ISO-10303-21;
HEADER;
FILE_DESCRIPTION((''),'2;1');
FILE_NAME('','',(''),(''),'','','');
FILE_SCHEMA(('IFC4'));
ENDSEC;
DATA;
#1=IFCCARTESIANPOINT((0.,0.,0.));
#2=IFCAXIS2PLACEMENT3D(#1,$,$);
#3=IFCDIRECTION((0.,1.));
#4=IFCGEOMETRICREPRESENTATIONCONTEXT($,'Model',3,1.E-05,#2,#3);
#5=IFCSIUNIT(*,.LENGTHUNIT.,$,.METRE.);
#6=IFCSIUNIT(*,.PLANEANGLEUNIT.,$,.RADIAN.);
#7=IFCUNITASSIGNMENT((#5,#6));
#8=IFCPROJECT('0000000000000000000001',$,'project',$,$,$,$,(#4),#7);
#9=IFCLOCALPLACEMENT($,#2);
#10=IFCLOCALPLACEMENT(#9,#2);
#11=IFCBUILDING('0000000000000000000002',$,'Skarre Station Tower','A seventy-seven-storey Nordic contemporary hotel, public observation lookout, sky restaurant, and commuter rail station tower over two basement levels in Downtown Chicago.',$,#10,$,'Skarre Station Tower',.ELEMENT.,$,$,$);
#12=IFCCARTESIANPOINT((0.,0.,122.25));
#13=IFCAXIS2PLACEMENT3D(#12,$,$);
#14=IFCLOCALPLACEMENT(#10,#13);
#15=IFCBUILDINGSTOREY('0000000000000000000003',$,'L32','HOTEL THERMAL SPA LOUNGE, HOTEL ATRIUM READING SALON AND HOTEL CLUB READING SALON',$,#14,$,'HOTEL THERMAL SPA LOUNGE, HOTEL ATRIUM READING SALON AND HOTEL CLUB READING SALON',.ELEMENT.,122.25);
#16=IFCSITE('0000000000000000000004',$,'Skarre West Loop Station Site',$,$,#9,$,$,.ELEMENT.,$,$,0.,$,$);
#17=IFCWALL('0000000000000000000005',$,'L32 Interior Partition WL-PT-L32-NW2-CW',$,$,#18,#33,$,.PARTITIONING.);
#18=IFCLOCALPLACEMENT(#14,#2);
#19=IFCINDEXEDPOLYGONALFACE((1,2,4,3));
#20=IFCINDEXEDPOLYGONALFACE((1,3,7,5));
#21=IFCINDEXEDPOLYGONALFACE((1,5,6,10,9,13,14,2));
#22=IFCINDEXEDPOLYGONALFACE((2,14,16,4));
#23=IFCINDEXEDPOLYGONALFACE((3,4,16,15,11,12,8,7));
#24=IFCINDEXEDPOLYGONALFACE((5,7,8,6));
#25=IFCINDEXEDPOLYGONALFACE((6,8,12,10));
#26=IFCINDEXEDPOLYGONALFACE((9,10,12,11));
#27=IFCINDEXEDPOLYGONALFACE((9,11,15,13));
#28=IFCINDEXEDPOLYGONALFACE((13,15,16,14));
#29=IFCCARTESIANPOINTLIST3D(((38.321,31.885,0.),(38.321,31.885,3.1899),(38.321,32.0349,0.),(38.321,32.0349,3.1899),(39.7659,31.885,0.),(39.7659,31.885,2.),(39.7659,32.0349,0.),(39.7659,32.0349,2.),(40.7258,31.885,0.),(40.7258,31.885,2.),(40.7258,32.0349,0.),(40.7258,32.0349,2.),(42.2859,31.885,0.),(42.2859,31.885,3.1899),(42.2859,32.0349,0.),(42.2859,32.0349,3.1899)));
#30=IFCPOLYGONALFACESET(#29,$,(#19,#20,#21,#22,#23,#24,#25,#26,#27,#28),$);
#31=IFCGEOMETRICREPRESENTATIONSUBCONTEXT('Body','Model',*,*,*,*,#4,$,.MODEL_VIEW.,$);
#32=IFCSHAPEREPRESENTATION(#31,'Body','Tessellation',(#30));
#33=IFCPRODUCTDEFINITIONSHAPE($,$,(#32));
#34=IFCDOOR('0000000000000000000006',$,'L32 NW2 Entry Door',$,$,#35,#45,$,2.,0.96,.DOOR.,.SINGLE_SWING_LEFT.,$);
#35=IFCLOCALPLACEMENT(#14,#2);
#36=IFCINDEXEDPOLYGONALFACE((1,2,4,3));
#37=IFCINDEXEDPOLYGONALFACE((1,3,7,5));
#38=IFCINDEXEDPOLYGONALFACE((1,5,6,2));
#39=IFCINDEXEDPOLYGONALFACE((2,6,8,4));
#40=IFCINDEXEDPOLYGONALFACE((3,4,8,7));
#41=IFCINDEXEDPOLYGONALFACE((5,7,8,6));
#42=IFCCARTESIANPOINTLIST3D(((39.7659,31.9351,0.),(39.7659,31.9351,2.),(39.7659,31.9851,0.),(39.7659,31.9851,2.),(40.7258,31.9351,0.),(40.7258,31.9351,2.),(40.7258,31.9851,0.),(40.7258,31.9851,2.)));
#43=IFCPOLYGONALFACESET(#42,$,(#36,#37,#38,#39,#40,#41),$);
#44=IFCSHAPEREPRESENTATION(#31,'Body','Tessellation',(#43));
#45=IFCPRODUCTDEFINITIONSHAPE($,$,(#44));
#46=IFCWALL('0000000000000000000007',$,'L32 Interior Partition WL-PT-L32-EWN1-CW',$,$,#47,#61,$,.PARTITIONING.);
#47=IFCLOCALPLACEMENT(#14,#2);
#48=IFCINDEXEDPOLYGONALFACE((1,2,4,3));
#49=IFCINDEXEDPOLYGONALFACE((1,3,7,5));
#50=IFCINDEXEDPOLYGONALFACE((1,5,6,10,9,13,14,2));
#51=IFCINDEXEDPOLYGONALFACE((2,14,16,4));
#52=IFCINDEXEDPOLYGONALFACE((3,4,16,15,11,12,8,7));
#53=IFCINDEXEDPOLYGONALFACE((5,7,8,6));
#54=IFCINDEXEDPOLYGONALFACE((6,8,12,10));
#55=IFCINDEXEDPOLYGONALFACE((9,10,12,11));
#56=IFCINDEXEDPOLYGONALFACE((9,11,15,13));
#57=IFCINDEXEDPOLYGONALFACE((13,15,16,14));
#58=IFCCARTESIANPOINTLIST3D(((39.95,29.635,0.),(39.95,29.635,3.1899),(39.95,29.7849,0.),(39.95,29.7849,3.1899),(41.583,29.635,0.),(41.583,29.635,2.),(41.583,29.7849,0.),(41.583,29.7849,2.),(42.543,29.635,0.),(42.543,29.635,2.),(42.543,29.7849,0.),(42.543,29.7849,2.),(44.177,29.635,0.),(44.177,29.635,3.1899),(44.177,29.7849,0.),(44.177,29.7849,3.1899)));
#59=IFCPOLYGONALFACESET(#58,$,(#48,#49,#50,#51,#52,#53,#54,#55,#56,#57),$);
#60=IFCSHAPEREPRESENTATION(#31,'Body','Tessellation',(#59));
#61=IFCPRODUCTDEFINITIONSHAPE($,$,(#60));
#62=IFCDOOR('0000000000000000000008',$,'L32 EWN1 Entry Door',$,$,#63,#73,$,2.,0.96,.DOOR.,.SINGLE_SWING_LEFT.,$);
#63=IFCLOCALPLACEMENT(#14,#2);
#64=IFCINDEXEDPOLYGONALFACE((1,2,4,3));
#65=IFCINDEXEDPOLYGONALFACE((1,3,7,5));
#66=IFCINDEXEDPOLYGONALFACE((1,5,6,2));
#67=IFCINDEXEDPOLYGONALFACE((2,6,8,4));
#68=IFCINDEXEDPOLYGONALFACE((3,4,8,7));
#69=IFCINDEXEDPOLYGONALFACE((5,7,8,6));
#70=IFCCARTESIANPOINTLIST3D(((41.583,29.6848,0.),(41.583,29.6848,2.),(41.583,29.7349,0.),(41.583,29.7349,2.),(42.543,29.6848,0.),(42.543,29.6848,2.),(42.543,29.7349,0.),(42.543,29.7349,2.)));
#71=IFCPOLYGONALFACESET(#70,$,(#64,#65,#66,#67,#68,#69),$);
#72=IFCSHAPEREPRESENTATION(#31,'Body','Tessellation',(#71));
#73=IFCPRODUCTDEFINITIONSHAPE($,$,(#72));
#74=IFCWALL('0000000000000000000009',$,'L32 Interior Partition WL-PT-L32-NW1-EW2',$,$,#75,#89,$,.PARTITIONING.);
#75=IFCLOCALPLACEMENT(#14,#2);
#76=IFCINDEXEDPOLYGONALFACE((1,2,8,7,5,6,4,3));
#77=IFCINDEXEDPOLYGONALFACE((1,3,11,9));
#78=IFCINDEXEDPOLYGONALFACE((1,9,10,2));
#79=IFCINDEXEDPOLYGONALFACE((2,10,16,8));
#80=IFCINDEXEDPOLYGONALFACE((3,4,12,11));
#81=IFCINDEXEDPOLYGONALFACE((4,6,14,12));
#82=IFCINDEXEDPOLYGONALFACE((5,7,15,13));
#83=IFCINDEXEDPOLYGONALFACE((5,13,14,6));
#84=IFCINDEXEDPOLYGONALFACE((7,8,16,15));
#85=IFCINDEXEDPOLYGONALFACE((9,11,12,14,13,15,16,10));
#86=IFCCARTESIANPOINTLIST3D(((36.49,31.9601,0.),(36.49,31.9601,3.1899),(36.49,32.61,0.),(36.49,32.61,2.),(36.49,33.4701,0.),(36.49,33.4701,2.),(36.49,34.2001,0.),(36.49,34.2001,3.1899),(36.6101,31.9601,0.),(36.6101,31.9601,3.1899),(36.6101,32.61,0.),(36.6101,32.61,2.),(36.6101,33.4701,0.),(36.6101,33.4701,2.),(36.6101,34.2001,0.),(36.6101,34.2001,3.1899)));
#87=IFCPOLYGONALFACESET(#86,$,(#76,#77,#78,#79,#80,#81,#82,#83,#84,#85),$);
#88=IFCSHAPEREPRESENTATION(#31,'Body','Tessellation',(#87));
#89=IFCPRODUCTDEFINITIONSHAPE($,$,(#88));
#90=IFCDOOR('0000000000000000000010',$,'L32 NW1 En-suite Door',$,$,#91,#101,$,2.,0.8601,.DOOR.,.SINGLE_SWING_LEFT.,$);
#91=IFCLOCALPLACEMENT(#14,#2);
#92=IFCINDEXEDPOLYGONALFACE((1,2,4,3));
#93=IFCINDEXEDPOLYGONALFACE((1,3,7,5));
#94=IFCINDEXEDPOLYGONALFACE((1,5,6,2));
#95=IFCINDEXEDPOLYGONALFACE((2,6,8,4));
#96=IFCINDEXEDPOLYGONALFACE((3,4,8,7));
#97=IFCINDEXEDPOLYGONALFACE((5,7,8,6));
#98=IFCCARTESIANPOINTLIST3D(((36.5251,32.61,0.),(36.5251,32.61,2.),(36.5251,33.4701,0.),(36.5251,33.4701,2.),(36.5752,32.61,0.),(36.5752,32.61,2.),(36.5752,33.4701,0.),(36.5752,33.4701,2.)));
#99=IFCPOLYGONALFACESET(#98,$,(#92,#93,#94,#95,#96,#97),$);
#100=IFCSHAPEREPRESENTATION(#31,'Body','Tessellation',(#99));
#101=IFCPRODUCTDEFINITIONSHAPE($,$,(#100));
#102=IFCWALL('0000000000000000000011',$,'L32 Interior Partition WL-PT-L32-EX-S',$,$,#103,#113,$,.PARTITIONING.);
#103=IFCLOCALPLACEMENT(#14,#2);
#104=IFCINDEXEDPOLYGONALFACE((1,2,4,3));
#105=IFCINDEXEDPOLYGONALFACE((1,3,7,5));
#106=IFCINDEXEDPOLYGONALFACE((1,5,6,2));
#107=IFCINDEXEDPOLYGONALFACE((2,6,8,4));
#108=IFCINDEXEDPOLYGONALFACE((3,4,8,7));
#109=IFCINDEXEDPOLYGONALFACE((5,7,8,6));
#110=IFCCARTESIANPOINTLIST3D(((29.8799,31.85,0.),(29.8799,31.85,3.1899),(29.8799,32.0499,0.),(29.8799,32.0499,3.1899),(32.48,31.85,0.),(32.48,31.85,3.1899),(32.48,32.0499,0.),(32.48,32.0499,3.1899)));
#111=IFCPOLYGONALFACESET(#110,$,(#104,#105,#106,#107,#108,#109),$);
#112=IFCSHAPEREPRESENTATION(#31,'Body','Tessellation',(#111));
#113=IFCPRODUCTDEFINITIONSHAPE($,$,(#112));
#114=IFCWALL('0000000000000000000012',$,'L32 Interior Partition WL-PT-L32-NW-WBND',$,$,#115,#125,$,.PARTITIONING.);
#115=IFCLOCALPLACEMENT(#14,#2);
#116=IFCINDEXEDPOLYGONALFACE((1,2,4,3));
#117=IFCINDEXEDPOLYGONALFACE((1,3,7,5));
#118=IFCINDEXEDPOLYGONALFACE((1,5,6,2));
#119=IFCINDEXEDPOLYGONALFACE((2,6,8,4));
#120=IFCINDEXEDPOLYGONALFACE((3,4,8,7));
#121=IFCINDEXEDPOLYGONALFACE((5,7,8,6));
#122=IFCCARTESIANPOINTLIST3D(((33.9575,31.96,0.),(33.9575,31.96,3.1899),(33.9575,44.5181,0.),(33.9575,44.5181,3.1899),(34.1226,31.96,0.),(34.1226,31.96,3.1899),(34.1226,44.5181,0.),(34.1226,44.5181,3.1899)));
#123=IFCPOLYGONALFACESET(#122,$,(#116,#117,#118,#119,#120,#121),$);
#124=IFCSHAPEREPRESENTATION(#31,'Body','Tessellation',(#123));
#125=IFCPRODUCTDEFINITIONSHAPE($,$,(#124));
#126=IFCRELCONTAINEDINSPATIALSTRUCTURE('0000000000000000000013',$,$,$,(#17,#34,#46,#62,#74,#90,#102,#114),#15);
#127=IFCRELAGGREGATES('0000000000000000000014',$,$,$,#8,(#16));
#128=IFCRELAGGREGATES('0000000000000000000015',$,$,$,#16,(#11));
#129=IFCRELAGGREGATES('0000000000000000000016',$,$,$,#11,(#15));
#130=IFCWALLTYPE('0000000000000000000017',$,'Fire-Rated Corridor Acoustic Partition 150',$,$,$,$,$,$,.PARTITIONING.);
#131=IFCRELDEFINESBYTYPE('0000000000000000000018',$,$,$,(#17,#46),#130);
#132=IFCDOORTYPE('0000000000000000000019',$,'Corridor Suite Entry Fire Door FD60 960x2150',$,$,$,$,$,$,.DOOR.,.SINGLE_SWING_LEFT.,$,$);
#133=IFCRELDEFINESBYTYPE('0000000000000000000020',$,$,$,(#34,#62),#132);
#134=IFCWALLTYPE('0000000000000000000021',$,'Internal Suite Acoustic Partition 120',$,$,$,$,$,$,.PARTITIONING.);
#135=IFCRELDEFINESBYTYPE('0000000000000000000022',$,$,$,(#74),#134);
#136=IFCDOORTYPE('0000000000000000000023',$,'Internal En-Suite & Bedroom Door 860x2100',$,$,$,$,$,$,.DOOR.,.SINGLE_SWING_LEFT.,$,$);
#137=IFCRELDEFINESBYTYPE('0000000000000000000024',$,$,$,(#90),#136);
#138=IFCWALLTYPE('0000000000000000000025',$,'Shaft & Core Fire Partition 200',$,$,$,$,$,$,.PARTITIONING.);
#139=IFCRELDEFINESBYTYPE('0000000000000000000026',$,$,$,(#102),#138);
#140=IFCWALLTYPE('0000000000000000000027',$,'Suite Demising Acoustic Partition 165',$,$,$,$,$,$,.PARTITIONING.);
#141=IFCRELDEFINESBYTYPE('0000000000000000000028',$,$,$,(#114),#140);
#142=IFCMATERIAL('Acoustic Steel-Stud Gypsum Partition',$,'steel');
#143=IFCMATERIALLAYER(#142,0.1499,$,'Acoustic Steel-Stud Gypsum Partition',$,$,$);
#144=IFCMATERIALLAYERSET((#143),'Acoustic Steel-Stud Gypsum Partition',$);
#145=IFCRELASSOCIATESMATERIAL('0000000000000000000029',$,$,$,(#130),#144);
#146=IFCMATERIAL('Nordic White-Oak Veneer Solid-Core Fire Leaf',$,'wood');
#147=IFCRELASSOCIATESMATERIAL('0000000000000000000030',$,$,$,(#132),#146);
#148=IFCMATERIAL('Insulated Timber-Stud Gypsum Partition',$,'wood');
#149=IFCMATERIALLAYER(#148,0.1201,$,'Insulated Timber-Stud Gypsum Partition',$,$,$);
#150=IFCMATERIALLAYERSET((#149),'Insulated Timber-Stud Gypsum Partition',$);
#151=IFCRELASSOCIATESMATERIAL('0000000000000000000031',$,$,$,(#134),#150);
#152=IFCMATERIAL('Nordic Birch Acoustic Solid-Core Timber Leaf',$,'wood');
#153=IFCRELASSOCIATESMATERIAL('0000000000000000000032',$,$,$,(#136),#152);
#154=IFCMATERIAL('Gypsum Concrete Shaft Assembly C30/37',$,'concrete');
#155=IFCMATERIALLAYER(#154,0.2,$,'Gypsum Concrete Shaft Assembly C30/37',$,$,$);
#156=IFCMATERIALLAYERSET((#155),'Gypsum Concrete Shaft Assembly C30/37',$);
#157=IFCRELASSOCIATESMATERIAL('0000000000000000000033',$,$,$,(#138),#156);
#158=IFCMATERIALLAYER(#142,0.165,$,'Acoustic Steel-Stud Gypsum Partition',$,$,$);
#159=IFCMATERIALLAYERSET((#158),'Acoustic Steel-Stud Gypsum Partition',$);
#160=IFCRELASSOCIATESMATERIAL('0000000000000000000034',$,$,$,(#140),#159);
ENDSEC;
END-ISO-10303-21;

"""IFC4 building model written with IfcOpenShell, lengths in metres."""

from ifc_helpers import new_model, si_unit, direction, frame, frame_2d, origin, place, context, subcontext, project, spatial, rectangle, extrude, material, layer, layer_set, type_object, element, fill, save


model = new_model("IFC4")

# Units and contexts
model_context = context("Model", 3, precision=1e-05, world=origin(), true_north=direction((0.0, 1.0)))
body_context = subcontext(model_context, "Body", "Model", "MODEL_VIEW")
ifc_project = project(units=[si_unit("LENGTHUNIT", "METRE"), si_unit("PLANEANGLEUNIT", "RADIAN")], contexts=[model_context])

# Site, building, storey
site_placement = place(None, origin())
site = spatial("IfcSite", under=ifc_project, at=site_placement, Name="Skarre West Loop Station Site", CompositionType="ELEMENT", RefElevation=0.0)
building_placement = place(site_placement, origin())
building = spatial("IfcBuilding", under=site, at=building_placement, Name="Skarre Station Tower", Description="A seventy-seven-storey Nordic contemporary hotel, public observation lookout, sky restaurant, and commuter rail station tower over two basement levels in Downtown Chicago.", LongName="Skarre Station Tower", CompositionType="ELEMENT")
storey_placement = place(building_placement, frame((0.0, 0.0, 122.25)))
storey = spatial("IfcBuildingStorey", under=building, at=storey_placement, Name="L32", Description="HOTEL THERMAL SPA LOUNGE, HOTEL ATRIUM READING SALON AND HOTEL CLUB READING SALON", LongName="HOTEL THERMAL SPA LOUNGE, HOTEL ATRIUM READING SALON AND HOTEL CLUB READING SALON", CompositionType="ELEMENT", Elevation=122.25)

# Shared definitions
ifc_material_1 = material(Name="Acoustic Steel-Stud Gypsum Partition", Category="steel")
ifc_layer_1 = layer(ifc_material_1, 0.1499, Name="Acoustic Steel-Stud Gypsum Partition")
ifc_layer_set_1 = layer_set([ifc_layer_1], Name="Acoustic Steel-Stud Gypsum Partition")
wall_type_1 = type_object("IfcWallType", Name="Fire-Rated Corridor Acoustic Partition 150", PredefinedType="PARTITIONING", material=ifc_layer_set_1)

# Walls, openings, doors
ifc_material_2 = material(Name="Nordic White-Oak Veneer Solid-Core Fire Leaf", Category="wood")
door_type_1 = type_object("IfcDoorType", Name="Corridor Suite Entry Fire Door FD60 960x2150", OperationType="SINGLE_SWING_LEFT", PredefinedType="DOOR", material=ifc_material_2)
wall_1_placement = place(storey_placement, frame((42.2859, 31.96, 0.0), z_axis=(0.0, 0.0, 1.0), x_axis=(-1.0, 0.0, 0.0)))
wall_1 = element("IfcWall", 1, at=wall_1_placement, inside=storey, type_object=wall_type_1, Name="L32 Interior Partition WL-PT-L32-NW2-CW", PredefinedType="PARTITIONING", context=body_context, shape_type="SweptSolid", body=[
    extrude(rectangle(XDim=3.9648, YDim=0.1499, at=frame_2d((1.9824, 0.0))), origin(), (0.0, 0.0, 1.0), 3.1899),
])
opening_1_placement = place(wall_1_placement, frame((1.5601, 0.0, 0.0)))
opening_1 = element("IfcOpeningElement", 2, at=opening_1_placement, cuts=wall_1, PredefinedType="OPENING", context=body_context, shape_type="SweptSolid", body=[
    extrude(rectangle(XDim=0.96, YDim=2.0, at=frame_2d((0.48, 1.0))), frame((0.0, 0.085, 0.0), z_axis=(0.0, -1.0, 0.0), x_axis=(1.0, 0.0, 0.0)), (0.0, 0.0, 1.0), 0.1699),
])
door_1_placement = place(opening_1_placement, origin())
door_1 = element("IfcDoor", 3, at=door_1_placement, inside=storey, type_object=door_type_1, Name="L32 NW2 Entry Door", OperationType="SINGLE_SWING_LEFT", OverallHeight=2.0, OverallWidth=0.96, PredefinedType="DOOR", context=body_context, shape_type="SweptSolid", body=[
    extrude(rectangle(XDim=0.96, YDim=2.0, at=frame_2d((0.48, 1.0))), frame((0.0, 0.0249, 0.0), z_axis=(0.0, -1.0, 0.0), x_axis=(1.0, 0.0, 0.0)), (0.0, 0.0, 1.0), 0.05),
])
fill(opening_1, door_1)
wall_2_placement = place(storey_placement, frame((39.95, 29.71, 0.0), z_axis=(0.0, 0.0, 1.0), x_axis=(1.0, 0.0, 0.0)))
wall_2 = element("IfcWall", 4, at=wall_2_placement, inside=storey, type_object=wall_type_1, Name="L32 Interior Partition WL-PT-L32-EWN1-CW", PredefinedType="PARTITIONING", context=body_context, shape_type="SweptSolid", body=[
    extrude(rectangle(XDim=4.2271, YDim=0.1499, at=frame_2d((2.1135, 0.0))), origin(), (0.0, 0.0, 1.0), 3.1899),
])
opening_2_placement = place(wall_2_placement, frame((1.6331, 0.0, 0.0)))
opening_2 = element("IfcOpeningElement", 5, at=opening_2_placement, cuts=wall_2, PredefinedType="OPENING", context=body_context, shape_type="SweptSolid", body=[
    extrude(rectangle(XDim=0.96, YDim=2.0, at=frame_2d((0.48, 1.0))), frame((0.0, 0.085, 0.0), z_axis=(0.0, -1.0, 0.0), x_axis=(1.0, 0.0, 0.0)), (0.0, 0.0, 1.0), 0.1699),
])
door_2_placement = place(opening_2_placement, origin())
door_2 = element("IfcDoor", 6, at=door_2_placement, inside=storey, type_object=door_type_1, Name="L32 EWN1 Entry Door", OperationType="SINGLE_SWING_LEFT", OverallHeight=2.0, OverallWidth=0.96, PredefinedType="DOOR", context=body_context, shape_type="SweptSolid", body=[
    extrude(rectangle(XDim=0.96, YDim=2.0, at=frame_2d((0.48, 1.0))), frame((0.0, 0.0249, 0.0), z_axis=(0.0, -1.0, 0.0), x_axis=(1.0, 0.0, 0.0)), (0.0, 0.0, 1.0), 0.05),
])
fill(opening_2, door_2)
ifc_material_3 = material(Name="Insulated Timber-Stud Gypsum Partition", Category="wood")
ifc_layer_2 = layer(ifc_material_3, 0.1201, Name="Insulated Timber-Stud Gypsum Partition")
ifc_layer_set_2 = layer_set([ifc_layer_2], Name="Insulated Timber-Stud Gypsum Partition")
wall_type_2 = type_object("IfcWallType", Name="Internal Suite Acoustic Partition 120", PredefinedType="PARTITIONING", material=ifc_layer_set_2)
wall_3_placement = place(storey_placement, frame((36.55, 31.96, 0.0), z_axis=(0.0, 0.0, 1.0), x_axis=(0.0, 1.0, 0.0)))
wall_3 = element("IfcWall", 7, at=wall_3_placement, inside=storey, type_object=wall_type_2, Name="L32 Interior Partition WL-PT-L32-NW1-EW2", PredefinedType="PARTITIONING", context=body_context, shape_type="SweptSolid", body=[
    extrude(rectangle(XDim=2.24, YDim=0.1201, at=frame_2d((1.1201, 0.0))), origin(), (0.0, 0.0, 1.0), 3.1899),
])
opening_3_placement = place(wall_3_placement, frame((0.6499, 0.0, 0.0)))
opening_3 = element("IfcOpeningElement", 8, at=opening_3_placement, cuts=wall_3, PredefinedType="OPENING", context=body_context, shape_type="SweptSolid", body=[
    extrude(rectangle(XDim=0.8601, YDim=2.0, at=frame_2d((0.4302, 1.0))), frame((0.0, 0.0701, 0.0), z_axis=(0.0, -1.0, 0.0), x_axis=(1.0, 0.0, 0.0)), (0.0, 0.0, 1.0), 0.1401),
])
ifc_material_4 = material(Name="Nordic Birch Acoustic Solid-Core Timber Leaf", Category="wood")
door_type_2 = type_object("IfcDoorType", Name="Internal En-Suite & Bedroom Door 860x2100", OperationType="SINGLE_SWING_LEFT", PredefinedType="DOOR", material=ifc_material_4)
door_3_placement = place(opening_3_placement, origin())
door_3 = element("IfcDoor", 9, at=door_3_placement, inside=storey, type_object=door_type_2, Name="L32 NW1 En-suite Door", OperationType="SINGLE_SWING_LEFT", OverallHeight=2.0, OverallWidth=0.8601, PredefinedType="DOOR", context=body_context, shape_type="SweptSolid", body=[
    extrude(rectangle(XDim=0.8601, YDim=2.0, at=frame_2d((0.4302, 1.0))), frame((0.0, 0.0249, 0.0), z_axis=(0.0, -1.0, 0.0), x_axis=(1.0, 0.0, 0.0)), (0.0, 0.0, 1.0), 0.05),
])
fill(opening_3, door_3)

# Walls
ifc_material_5 = material(Name="Gypsum Concrete Shaft Assembly C30/37", Category="concrete")
ifc_layer_3 = layer(ifc_material_5, 0.2, Name="Gypsum Concrete Shaft Assembly C30/37")
ifc_layer_set_3 = layer_set([ifc_layer_3], Name="Gypsum Concrete Shaft Assembly C30/37")
wall_type_3 = type_object("IfcWallType", Name="Shaft & Core Fire Partition 200", PredefinedType="PARTITIONING", material=ifc_layer_set_3)
wall_4_placement = place(storey_placement, frame((32.48, 31.95, 0.0), z_axis=(0.0, 0.0, 1.0), x_axis=(-1.0, 0.0, 0.0)))
element("IfcWall", 10, at=wall_4_placement, inside=storey, type_object=wall_type_3, Name="L32 Interior Partition WL-PT-L32-EX-S", PredefinedType="PARTITIONING", context=body_context, shape_type="SweptSolid", body=[
    extrude(rectangle(XDim=2.6001, YDim=0.2, at=frame_2d((1.3, 0.0))), origin(), (0.0, 0.0, 1.0), 3.1899),
])
ifc_layer_4 = layer(ifc_material_1, 0.165, Name="Acoustic Steel-Stud Gypsum Partition")
ifc_layer_set_4 = layer_set([ifc_layer_4], Name="Acoustic Steel-Stud Gypsum Partition")
wall_type_4 = type_object("IfcWallType", Name="Suite Demising Acoustic Partition 165", PredefinedType="PARTITIONING", material=ifc_layer_set_4)
wall_5_placement = place(storey_placement, frame((34.04, 31.96, 0.0), z_axis=(0.0, 0.0, 1.0), x_axis=(0.0, 1.0, 0.0)))
element("IfcWall", 11, at=wall_5_placement, inside=storey, type_object=wall_type_4, Name="L32 Interior Partition WL-PT-L32-NW-WBND", PredefinedType="PARTITIONING", context=body_context, shape_type="SweptSolid", body=[
    extrude(rectangle(XDim=12.5581, YDim=0.165, at=frame_2d((6.2791, 0.0))), origin(), (0.0, 0.0, 1.0), 3.1899),
])

save(model, "model.ifc")
